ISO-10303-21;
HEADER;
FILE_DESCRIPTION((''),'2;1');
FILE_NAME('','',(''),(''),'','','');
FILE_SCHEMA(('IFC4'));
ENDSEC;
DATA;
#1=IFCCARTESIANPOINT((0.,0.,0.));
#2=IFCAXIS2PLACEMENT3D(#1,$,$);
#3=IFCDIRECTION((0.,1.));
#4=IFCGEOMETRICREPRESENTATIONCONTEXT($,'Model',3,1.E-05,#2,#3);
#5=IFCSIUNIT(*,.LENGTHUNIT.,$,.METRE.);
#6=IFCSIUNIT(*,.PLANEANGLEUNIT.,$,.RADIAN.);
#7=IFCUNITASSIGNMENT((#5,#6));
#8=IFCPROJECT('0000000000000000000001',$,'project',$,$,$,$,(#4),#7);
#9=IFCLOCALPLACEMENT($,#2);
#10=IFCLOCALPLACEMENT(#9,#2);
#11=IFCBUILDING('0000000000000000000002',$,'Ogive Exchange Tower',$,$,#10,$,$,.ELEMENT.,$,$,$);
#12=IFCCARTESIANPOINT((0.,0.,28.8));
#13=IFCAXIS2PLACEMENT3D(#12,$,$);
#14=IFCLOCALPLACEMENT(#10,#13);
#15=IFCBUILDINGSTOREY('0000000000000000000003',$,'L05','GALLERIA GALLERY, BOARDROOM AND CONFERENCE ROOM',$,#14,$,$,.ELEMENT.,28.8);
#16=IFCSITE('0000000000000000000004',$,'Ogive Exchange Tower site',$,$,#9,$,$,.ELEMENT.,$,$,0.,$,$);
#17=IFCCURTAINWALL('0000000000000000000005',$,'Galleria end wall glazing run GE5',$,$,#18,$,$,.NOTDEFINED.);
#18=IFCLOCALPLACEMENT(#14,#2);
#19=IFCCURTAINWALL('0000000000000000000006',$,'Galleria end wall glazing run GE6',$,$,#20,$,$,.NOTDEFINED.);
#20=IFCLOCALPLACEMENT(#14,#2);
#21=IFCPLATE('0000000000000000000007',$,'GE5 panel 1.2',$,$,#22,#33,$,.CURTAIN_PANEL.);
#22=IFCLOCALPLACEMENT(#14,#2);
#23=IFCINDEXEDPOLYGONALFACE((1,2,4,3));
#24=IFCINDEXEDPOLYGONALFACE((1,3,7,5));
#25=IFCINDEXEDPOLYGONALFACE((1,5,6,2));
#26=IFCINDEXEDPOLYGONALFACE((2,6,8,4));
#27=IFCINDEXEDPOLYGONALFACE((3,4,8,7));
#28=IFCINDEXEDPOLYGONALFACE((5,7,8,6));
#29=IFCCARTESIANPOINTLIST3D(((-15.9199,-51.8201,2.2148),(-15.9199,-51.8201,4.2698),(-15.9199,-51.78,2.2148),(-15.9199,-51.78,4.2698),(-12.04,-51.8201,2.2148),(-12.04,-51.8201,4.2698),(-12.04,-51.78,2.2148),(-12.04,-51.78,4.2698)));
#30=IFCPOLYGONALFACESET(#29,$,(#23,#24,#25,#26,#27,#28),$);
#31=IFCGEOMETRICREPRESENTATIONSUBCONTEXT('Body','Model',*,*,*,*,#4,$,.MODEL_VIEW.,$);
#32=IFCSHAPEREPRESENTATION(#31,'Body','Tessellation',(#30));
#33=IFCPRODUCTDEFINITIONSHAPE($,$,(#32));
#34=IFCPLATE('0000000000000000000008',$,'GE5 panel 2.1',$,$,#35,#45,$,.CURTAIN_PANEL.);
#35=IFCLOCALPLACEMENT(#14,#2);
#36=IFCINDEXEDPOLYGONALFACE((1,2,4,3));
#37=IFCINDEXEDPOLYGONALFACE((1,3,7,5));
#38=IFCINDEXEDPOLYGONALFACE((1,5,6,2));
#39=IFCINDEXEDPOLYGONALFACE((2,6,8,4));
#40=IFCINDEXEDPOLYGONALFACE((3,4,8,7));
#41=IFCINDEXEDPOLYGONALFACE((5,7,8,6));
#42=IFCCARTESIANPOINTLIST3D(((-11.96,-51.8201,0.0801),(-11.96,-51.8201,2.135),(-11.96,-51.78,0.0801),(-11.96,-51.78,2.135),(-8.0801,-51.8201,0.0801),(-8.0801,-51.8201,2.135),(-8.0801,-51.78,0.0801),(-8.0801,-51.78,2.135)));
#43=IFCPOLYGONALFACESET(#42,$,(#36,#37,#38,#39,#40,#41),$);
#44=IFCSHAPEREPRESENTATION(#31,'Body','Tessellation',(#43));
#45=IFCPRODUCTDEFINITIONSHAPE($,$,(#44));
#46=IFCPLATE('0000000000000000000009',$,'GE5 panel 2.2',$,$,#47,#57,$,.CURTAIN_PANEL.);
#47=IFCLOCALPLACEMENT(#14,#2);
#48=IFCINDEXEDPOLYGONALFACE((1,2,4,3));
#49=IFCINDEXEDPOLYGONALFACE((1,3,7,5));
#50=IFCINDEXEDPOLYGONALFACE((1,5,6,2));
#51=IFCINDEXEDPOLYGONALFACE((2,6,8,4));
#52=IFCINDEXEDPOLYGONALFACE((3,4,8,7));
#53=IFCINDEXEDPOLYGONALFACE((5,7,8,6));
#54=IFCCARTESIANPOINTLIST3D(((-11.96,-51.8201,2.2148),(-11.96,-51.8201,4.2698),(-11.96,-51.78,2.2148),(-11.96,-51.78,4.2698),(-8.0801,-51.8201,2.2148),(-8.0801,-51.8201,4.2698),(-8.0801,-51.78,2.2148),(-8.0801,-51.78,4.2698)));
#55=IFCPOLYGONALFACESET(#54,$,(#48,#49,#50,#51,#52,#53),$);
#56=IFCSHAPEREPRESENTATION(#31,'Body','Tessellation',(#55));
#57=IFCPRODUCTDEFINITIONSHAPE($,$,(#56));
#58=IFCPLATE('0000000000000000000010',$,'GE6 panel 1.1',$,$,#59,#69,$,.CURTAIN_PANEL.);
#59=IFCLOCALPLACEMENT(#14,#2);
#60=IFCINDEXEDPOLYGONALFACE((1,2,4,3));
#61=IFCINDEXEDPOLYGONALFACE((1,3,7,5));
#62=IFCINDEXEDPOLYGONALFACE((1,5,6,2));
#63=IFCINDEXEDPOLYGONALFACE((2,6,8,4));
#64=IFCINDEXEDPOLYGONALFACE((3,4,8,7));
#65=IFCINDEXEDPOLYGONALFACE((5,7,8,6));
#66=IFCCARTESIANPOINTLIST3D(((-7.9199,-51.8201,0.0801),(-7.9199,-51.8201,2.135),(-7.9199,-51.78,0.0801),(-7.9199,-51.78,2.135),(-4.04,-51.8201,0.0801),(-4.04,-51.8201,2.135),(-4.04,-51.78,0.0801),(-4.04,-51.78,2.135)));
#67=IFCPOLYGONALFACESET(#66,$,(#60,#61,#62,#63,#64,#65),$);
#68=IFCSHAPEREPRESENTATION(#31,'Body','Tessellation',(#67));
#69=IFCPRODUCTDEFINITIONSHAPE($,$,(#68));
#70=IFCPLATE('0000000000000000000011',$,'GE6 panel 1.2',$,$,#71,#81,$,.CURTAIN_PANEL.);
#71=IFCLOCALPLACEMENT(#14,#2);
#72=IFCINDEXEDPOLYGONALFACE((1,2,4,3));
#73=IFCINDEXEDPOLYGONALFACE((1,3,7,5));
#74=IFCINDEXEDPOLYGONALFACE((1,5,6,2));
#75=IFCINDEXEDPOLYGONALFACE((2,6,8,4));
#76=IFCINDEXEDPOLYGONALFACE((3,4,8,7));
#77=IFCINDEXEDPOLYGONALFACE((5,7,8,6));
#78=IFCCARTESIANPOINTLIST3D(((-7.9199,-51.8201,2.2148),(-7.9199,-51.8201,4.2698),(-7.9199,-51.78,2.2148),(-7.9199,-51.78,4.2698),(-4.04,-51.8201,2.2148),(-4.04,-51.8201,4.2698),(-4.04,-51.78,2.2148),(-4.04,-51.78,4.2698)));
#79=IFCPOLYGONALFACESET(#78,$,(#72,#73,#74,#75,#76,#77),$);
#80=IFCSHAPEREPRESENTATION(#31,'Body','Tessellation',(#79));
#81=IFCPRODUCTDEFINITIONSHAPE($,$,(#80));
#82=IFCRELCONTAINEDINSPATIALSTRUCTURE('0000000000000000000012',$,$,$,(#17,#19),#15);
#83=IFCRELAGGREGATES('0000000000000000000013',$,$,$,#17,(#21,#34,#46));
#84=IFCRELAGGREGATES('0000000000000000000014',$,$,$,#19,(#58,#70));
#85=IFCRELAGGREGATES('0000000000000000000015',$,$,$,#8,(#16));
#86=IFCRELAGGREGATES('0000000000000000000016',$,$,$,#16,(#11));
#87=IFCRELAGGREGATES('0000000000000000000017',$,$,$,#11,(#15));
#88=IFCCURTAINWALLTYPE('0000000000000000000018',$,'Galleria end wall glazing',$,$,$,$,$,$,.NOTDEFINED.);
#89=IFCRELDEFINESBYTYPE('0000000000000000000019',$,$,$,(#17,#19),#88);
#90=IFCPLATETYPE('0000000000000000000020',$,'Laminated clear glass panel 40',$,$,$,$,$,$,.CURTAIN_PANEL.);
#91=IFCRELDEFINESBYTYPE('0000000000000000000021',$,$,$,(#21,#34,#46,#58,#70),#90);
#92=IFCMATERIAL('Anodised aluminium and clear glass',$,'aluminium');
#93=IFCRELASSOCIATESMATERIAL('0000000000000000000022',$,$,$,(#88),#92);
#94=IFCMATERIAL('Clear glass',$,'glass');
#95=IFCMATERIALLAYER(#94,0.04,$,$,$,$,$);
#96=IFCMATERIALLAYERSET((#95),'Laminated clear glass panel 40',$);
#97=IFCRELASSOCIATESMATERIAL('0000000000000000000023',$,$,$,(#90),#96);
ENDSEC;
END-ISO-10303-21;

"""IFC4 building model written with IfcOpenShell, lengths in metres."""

from ifc_helpers import new_model, si_unit, direction, frame, origin, origin_2d, place, context, subcontext, project, spatial, rectangle, extrude, material, layer, layer_set, type_object, element, aggregate, save


model = new_model("IFC4")

# Units and contexts
model_context = context("Model", 3, precision=1e-05, world=origin(), true_north=direction((0.0, 1.0)))
body_context = subcontext(model_context, "Body", "Model", "MODEL_VIEW")
ifc_project = project(units=[si_unit("LENGTHUNIT", "METRE"), si_unit("PLANEANGLEUNIT", "RADIAN")], contexts=[model_context])

# Site, building, storey
site_placement = place(None, origin())
site = spatial("IfcSite", under=ifc_project, at=site_placement, Name="Ogive Exchange Tower site", CompositionType="ELEMENT", RefElevation=0.0)
building_placement = place(site_placement, origin())
building = spatial("IfcBuilding", under=site, at=building_placement, Name="Ogive Exchange Tower", CompositionType="ELEMENT")
storey_placement = place(building_placement, frame((0.0, 0.0, 28.8)))
storey = spatial("IfcBuildingStorey", under=building, at=storey_placement, Name="L05", Description="GALLERIA GALLERY, BOARDROOM AND CONFERENCE ROOM", CompositionType="ELEMENT", Elevation=28.8)

# Curtain walls
ifc_material_1 = material(Name="Anodised aluminium and clear glass", Category="aluminium")
curtain_wall_type = type_object("IfcCurtainWallType", Name="Galleria end wall glazing", PredefinedType="NOTDEFINED", material=ifc_material_1)
curtain_wall_1_placement = place(storey_placement, origin())
curtain_wall_1 = element("IfcCurtainWall", 1, at=curtain_wall_1_placement, inside=storey, type_object=curtain_wall_type, Name="Galleria end wall glazing run GE5", PredefinedType="NOTDEFINED")
curtain_wall_2_placement = place(storey_placement, origin())
curtain_wall_2 = element("IfcCurtainWall", 2, at=curtain_wall_2_placement, inside=storey, type_object=curtain_wall_type, Name="Galleria end wall glazing run GE6", PredefinedType="NOTDEFINED")

# Plates
ifc_material_2 = material(Name="Clear glass", Category="glass")
ifc_layer = layer(ifc_material_2, 0.04)
ifc_layer_set = layer_set([ifc_layer], Name="Laminated clear glass panel 40")
plate_type = type_object("IfcPlateType", Name="Laminated clear glass panel 40", PredefinedType="CURTAIN_PANEL", material=ifc_layer_set)
plate_1_placement = place(storey_placement, frame((-13.98, -51.8, 2.2148), z_axis=(0.0, 0.0, 1.0), x_axis=(1.0, 0.0, 0.0)))
plate_1 = element("IfcPlate", 3, at=plate_1_placement, type_object=plate_type, Name="GE5 panel 1.2", PredefinedType="CURTAIN_PANEL", context=body_context, shape_type="SweptSolid", body=[
    extrude(rectangle(XDim=3.8799, YDim=0.04, at=origin_2d()), origin(), (0.0, 0.0, 1.0), 2.0549),
])
plate_2_placement = place(storey_placement, frame((-10.02, -51.8, 0.0801), z_axis=(0.0, 0.0, 1.0), x_axis=(1.0, 0.0, 0.0)))
plate_2 = element("IfcPlate", 4, at=plate_2_placement, type_object=plate_type, Name="GE5 panel 2.1", PredefinedType="CURTAIN_PANEL", context=body_context, shape_type="SweptSolid", body=[
    extrude(rectangle(XDim=3.8799, YDim=0.04, at=origin_2d()), origin(), (0.0, 0.0, 1.0), 2.0549),
])
plate_3_placement = place(storey_placement, frame((-10.02, -51.8, 2.2148), z_axis=(0.0, 0.0, 1.0), x_axis=(1.0, 0.0, 0.0)))
plate_3 = element("IfcPlate", 5, at=plate_3_placement, type_object=plate_type, Name="GE5 panel 2.2", PredefinedType="CURTAIN_PANEL", context=body_context, shape_type="SweptSolid", body=[
    extrude(rectangle(XDim=3.8799, YDim=0.04, at=origin_2d()), origin(), (0.0, 0.0, 1.0), 2.0549),
])
aggregate(curtain_wall_1, [plate_1, plate_2, plate_3])
plate_4_placement = place(storey_placement, frame((-5.98, -51.8, 0.0801), z_axis=(0.0, 0.0, 1.0), x_axis=(1.0, 0.0, 0.0)))
plate_4 = element("IfcPlate", 6, at=plate_4_placement, type_object=plate_type, Name="GE6 panel 1.1", PredefinedType="CURTAIN_PANEL", context=body_context, shape_type="SweptSolid", body=[
    extrude(rectangle(XDim=3.8799, YDim=0.04, at=origin_2d()), origin(), (0.0, 0.0, 1.0), 2.0549),
])
plate_5_placement = place(storey_placement, frame((-5.98, -51.8, 2.2148), z_axis=(0.0, 0.0, 1.0), x_axis=(1.0, 0.0, 0.0)))
plate_5 = element("IfcPlate", 7, at=plate_5_placement, type_object=plate_type, Name="GE6 panel 1.2", PredefinedType="CURTAIN_PANEL", context=body_context, shape_type="SweptSolid", body=[
    extrude(rectangle(XDim=3.8799, YDim=0.04, at=origin_2d()), origin(), (0.0, 0.0, 1.0), 2.0549),
])
aggregate(curtain_wall_2, [plate_4, plate_5])

save(model, "model.ifc")
